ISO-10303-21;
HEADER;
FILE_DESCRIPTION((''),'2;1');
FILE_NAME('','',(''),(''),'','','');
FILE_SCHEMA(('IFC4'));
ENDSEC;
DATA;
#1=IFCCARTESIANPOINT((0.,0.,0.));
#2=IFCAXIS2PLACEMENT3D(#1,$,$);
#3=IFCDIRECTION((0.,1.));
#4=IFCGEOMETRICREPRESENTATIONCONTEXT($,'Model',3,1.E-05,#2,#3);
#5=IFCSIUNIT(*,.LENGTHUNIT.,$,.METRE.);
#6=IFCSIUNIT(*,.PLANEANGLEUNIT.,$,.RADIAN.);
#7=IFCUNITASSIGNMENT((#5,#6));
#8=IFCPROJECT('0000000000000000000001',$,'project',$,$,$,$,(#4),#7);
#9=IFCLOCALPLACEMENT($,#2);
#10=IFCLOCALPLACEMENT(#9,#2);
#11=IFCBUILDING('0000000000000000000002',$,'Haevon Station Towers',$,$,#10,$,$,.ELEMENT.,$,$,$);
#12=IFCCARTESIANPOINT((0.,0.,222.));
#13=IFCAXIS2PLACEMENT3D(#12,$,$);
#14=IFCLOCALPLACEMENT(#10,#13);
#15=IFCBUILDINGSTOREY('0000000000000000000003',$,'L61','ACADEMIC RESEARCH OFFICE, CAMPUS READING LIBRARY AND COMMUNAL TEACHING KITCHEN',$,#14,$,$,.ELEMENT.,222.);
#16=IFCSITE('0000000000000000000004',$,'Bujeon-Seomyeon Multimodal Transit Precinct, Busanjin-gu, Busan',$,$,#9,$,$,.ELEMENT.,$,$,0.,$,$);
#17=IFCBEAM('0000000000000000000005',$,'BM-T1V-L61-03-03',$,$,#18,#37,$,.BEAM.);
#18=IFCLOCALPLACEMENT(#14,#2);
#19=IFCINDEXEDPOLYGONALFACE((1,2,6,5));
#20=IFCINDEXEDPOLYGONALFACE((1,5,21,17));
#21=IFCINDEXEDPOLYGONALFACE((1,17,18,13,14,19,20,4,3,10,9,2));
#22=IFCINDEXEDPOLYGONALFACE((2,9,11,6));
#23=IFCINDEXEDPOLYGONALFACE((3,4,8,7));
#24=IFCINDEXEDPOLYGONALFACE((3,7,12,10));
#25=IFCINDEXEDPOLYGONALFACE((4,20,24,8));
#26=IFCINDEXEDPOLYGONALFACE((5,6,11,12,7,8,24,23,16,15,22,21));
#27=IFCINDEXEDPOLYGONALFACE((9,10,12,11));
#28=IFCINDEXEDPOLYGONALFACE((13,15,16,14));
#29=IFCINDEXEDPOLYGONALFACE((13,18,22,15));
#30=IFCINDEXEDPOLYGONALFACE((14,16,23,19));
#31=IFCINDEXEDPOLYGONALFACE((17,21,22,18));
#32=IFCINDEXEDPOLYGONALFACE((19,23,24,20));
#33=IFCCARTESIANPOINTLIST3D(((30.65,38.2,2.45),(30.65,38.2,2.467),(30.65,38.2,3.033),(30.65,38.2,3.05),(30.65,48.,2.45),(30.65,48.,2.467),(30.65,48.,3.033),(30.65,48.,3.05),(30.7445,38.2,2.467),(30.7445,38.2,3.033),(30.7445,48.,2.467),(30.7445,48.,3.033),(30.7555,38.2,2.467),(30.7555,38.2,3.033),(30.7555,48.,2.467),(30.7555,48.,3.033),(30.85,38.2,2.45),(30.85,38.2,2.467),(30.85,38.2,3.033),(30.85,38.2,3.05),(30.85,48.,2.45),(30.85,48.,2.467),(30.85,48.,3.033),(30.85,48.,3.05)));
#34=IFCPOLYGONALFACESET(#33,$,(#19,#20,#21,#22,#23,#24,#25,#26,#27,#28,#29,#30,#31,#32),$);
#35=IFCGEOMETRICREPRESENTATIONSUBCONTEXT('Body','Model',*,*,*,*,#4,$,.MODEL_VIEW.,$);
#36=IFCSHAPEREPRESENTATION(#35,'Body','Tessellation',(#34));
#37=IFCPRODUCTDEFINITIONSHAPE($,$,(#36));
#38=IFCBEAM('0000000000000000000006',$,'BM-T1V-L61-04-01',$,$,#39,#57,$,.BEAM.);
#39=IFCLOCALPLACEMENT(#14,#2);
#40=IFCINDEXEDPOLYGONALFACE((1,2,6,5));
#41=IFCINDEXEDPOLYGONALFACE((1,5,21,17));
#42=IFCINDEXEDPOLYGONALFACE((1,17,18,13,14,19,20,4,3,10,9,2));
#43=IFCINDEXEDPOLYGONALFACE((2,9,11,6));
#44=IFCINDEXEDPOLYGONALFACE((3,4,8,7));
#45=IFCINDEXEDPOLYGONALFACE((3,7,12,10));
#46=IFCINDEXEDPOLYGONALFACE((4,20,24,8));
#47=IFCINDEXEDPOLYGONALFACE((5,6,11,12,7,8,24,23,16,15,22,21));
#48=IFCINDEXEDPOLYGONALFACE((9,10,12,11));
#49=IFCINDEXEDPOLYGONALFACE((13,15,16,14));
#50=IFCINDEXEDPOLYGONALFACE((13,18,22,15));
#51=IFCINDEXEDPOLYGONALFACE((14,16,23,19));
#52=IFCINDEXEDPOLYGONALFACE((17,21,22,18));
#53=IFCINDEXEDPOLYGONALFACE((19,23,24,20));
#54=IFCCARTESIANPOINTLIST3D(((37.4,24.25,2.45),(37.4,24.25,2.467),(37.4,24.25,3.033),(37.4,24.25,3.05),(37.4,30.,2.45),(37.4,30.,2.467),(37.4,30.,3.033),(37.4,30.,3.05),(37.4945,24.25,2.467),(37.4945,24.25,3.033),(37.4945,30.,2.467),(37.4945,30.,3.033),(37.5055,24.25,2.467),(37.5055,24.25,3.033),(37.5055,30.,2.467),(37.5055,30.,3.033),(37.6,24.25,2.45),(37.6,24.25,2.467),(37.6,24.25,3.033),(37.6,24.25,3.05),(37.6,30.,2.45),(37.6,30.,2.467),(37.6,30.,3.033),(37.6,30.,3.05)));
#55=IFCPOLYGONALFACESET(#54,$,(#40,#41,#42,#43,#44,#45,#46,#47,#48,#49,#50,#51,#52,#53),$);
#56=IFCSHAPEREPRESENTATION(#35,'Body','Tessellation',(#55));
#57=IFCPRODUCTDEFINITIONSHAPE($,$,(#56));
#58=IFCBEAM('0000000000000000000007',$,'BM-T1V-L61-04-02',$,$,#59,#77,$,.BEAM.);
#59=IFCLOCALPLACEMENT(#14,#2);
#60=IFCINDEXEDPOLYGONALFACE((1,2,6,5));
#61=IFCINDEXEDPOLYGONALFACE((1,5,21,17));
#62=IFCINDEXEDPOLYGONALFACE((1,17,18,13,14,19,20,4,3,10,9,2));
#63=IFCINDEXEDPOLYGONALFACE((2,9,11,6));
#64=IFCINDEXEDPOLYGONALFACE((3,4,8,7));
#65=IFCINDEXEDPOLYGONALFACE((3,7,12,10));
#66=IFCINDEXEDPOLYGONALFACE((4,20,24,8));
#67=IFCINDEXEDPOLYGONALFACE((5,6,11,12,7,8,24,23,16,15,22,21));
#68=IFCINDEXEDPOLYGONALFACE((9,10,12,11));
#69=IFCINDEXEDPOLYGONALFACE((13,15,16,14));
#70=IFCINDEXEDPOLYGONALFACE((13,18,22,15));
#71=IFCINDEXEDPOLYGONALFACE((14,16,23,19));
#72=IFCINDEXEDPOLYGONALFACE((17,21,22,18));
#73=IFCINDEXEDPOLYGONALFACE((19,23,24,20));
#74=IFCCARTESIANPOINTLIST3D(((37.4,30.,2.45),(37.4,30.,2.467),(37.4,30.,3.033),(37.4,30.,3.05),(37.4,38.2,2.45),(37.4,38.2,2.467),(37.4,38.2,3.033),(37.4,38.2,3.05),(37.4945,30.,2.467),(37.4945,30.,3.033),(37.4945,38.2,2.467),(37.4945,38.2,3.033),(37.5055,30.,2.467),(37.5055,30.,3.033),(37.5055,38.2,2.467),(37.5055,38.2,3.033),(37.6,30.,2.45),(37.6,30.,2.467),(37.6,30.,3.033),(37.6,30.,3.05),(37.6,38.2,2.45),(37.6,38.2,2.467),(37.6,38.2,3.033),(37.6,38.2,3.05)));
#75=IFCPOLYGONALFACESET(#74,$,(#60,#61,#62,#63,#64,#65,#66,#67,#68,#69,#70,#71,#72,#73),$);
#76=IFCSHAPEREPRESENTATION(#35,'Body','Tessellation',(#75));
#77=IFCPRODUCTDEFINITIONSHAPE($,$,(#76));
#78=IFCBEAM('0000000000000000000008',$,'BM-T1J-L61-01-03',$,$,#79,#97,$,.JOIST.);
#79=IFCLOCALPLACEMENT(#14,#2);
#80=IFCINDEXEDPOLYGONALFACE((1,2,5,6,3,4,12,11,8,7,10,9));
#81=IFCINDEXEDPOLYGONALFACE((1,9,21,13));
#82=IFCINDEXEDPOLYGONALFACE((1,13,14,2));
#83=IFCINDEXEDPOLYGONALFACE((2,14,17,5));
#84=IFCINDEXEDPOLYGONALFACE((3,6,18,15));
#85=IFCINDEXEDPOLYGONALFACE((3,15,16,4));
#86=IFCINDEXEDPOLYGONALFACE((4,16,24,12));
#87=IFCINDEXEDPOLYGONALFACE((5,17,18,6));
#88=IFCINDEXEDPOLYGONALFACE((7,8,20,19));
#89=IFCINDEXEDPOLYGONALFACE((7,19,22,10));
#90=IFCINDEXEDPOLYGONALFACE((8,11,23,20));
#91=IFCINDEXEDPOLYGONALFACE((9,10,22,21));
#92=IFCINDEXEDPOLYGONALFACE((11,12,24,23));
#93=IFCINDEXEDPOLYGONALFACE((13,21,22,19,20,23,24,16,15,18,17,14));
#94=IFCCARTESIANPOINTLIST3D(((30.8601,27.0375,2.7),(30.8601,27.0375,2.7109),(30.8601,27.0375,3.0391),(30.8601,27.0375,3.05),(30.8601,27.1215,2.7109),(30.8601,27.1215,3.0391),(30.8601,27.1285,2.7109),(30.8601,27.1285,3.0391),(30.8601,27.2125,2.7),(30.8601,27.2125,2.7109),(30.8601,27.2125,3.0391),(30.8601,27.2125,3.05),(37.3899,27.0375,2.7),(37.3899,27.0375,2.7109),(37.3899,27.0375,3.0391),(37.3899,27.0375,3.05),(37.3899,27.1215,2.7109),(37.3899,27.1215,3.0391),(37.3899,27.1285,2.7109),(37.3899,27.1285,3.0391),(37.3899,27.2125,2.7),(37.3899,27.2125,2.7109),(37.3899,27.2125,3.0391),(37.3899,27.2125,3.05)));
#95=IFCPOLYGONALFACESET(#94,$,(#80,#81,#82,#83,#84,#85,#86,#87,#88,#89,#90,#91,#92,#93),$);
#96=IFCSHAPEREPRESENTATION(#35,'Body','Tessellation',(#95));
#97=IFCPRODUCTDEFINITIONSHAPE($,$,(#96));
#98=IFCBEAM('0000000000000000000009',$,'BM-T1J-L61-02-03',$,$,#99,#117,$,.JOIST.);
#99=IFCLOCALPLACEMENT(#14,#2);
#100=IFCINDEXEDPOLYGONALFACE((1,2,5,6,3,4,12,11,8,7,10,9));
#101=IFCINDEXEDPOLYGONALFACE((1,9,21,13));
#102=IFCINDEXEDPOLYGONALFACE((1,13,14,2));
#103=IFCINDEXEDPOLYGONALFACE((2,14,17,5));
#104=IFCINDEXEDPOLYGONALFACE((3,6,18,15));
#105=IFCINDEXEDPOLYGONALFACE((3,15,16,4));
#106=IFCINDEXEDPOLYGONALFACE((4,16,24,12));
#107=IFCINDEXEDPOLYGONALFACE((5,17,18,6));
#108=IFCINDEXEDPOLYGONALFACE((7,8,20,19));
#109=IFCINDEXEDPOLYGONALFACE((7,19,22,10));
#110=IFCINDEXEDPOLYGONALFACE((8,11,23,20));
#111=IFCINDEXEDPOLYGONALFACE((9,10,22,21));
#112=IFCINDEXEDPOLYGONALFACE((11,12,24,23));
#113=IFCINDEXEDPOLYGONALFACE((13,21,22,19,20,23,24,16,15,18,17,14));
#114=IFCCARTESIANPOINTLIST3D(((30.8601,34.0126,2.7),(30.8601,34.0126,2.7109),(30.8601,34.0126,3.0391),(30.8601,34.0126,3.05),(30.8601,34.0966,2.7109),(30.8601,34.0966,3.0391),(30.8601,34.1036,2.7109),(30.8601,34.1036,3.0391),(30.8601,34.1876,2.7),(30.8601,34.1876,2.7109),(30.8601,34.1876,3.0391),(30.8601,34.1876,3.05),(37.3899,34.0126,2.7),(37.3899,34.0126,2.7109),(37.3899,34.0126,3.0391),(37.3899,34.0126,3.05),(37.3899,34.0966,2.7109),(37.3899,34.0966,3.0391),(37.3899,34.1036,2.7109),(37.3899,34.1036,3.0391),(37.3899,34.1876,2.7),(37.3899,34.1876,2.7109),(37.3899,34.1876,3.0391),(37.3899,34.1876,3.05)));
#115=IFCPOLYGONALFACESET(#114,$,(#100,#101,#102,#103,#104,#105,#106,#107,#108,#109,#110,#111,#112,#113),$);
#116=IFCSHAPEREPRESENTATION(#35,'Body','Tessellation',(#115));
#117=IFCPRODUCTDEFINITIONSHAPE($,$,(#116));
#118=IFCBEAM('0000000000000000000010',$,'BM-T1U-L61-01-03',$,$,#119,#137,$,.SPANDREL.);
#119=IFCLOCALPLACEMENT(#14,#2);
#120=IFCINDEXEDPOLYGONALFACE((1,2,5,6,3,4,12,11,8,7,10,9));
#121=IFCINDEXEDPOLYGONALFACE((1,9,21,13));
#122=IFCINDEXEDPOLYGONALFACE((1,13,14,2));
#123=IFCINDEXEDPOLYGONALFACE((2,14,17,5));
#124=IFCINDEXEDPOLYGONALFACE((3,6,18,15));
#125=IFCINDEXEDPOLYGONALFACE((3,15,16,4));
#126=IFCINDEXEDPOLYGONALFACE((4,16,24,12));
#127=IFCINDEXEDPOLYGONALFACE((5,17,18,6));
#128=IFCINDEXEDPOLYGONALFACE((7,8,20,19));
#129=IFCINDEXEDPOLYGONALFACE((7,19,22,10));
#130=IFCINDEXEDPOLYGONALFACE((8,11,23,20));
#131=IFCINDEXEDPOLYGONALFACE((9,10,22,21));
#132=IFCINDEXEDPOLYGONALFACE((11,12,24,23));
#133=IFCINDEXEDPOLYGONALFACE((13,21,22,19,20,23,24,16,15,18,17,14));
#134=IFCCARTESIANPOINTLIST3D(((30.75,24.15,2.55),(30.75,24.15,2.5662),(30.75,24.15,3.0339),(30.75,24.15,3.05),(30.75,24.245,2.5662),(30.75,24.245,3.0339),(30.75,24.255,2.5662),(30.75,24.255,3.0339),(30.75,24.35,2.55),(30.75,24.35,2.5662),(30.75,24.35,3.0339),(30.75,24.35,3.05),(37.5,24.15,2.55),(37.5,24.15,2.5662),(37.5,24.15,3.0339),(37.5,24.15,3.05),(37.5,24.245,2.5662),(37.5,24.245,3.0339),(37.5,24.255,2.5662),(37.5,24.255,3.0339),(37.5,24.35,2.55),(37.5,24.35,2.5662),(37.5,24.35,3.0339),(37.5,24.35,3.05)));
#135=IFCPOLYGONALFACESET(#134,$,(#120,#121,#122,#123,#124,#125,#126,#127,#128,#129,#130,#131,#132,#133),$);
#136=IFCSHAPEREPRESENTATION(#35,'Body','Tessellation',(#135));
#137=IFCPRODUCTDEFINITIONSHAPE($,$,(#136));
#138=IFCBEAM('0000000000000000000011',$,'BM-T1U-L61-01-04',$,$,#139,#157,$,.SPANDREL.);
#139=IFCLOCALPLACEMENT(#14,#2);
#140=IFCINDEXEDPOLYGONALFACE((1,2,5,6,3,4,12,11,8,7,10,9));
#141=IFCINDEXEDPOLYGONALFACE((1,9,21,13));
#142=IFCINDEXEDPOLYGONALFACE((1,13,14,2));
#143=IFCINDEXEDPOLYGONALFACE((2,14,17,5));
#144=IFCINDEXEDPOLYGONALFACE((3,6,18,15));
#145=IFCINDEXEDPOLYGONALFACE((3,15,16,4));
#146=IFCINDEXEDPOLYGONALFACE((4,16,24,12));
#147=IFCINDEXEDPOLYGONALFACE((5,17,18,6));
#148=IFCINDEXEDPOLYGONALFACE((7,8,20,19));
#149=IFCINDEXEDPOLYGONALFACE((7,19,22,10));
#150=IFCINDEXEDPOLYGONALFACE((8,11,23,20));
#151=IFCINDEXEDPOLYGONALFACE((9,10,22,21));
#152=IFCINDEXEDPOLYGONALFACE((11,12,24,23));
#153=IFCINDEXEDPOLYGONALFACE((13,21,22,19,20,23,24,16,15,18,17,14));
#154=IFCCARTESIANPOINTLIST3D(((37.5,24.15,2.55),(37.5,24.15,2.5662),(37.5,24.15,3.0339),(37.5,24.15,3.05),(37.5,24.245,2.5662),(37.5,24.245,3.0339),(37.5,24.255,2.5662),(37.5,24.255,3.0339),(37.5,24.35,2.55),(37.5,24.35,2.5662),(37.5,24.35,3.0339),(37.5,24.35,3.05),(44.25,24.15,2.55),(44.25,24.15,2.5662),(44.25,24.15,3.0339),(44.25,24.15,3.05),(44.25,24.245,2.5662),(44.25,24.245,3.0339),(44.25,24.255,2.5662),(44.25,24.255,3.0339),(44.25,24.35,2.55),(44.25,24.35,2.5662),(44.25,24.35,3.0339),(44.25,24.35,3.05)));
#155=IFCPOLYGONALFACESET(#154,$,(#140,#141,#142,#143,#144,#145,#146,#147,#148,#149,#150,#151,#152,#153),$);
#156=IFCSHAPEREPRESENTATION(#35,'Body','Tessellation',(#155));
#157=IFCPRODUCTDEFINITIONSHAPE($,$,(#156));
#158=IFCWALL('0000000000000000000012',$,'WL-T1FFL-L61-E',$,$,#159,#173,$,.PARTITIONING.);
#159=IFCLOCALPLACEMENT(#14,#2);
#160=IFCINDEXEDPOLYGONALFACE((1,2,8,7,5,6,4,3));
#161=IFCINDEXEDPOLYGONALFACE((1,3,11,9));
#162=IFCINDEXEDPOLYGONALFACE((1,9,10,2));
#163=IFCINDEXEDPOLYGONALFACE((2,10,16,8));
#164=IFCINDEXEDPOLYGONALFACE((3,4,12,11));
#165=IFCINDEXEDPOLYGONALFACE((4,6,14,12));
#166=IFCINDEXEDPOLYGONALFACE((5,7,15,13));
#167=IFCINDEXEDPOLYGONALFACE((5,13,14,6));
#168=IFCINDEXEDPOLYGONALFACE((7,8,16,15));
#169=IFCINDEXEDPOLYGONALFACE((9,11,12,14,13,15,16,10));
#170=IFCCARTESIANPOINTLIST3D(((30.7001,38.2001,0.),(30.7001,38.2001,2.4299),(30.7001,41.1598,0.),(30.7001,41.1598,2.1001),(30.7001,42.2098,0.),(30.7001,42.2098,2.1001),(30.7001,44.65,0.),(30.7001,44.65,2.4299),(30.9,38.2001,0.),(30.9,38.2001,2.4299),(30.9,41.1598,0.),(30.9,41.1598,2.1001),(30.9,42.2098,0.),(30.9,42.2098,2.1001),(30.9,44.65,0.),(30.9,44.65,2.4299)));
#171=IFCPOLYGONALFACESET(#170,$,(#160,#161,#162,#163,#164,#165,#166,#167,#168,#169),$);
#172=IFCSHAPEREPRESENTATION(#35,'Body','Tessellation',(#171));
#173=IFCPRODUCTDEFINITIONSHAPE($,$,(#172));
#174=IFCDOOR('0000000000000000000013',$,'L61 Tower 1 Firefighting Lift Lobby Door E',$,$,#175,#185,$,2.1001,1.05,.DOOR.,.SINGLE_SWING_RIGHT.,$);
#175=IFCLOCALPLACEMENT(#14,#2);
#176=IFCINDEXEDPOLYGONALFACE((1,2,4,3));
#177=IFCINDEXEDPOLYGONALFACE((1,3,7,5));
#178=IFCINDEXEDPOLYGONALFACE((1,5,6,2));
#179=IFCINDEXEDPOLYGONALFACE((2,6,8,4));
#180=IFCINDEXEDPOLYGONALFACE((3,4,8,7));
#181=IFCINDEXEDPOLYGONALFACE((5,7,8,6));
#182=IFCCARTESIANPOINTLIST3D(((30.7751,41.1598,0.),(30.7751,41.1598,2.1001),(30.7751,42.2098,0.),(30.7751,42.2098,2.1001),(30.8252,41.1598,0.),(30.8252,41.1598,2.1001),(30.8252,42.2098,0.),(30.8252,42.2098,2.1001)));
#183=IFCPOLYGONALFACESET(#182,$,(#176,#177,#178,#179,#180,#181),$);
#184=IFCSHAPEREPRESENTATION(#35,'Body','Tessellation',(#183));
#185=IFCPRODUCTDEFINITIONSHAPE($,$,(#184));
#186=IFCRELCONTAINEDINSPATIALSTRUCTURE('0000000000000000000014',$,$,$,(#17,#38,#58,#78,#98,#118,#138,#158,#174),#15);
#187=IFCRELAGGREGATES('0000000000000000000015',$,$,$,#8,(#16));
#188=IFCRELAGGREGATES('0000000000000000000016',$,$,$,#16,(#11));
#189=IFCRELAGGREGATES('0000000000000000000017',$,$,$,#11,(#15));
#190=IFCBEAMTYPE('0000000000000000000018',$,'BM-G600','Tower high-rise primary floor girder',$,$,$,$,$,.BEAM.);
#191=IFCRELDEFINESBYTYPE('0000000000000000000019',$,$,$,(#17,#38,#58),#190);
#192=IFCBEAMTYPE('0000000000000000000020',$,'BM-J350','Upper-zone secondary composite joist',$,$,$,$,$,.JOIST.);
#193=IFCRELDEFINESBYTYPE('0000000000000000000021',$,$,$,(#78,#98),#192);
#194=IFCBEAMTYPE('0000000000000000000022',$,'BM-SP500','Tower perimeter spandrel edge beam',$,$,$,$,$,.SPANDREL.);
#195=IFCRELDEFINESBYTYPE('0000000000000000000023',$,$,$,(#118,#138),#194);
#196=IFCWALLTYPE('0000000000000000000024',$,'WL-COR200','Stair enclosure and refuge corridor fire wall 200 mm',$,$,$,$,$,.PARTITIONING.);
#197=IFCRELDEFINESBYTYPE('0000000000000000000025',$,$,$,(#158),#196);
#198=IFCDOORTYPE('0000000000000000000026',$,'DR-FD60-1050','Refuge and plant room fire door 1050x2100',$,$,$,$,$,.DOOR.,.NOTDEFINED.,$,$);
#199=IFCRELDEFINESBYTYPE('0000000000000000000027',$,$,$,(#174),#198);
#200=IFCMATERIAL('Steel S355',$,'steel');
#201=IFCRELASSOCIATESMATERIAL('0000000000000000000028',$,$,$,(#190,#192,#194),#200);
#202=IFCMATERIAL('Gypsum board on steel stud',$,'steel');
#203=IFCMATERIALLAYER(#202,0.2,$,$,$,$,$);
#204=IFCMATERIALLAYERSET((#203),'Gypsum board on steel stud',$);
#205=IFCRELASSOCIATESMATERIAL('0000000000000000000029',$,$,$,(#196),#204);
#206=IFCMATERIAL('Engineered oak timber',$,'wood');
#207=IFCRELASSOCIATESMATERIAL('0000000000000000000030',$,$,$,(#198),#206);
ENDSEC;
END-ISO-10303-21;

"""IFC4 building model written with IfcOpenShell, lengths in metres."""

from ifc_helpers import new_model, si_unit, direction, frame, frame_2d, origin, origin_2d, place, context, subcontext, project, spatial, rectangle, i_section, extrude, material, layer, layer_set, material_profile, profile_set, type_object, element, fill, save


model = new_model("IFC4")

# Units and contexts
model_context = context("Model", 3, precision=1e-05, world=origin(), true_north=direction((0.0, 1.0)))
body_context = subcontext(model_context, "Body", "Model", "MODEL_VIEW")
ifc_project = project(units=[si_unit("LENGTHUNIT", "METRE"), si_unit("PLANEANGLEUNIT", "RADIAN")], contexts=[model_context])

# Site, building, storey
site_placement = place(None, origin())
site = spatial("IfcSite", under=ifc_project, at=site_placement, Name="Bujeon-Seomyeon Multimodal Transit Precinct, Busanjin-gu, Busan", CompositionType="ELEMENT", RefElevation=0.0)
building_placement = place(site_placement, origin())
building = spatial("IfcBuilding", under=site, at=building_placement, Name="Haevon Station Towers", CompositionType="ELEMENT")
storey_placement = place(building_placement, frame((0.0, 0.0, 222.0)))
storey = spatial("IfcBuildingStorey", under=building, at=storey_placement, Name="L61", Description="ACADEMIC RESEARCH OFFICE, CAMPUS READING LIBRARY AND COMMUNAL TEACHING KITCHEN", CompositionType="ELEMENT", Elevation=222.0)

# Shared definitions
ifc_material_1 = material(Name="Steel S355", Category="steel")

# Beams
ifc_material_profile_1 = material_profile(ifc_material_1, i_section(OverallWidth=0.2, OverallDepth=0.6001, WebThickness=0.011, FlangeThickness=0.0171, at=origin_2d()), Name="H-600x200x11x17")
ifc_profile_set_1 = profile_set([ifc_material_profile_1], Name="Steel S355")
beam_type_1 = type_object("IfcBeamType", Name="BM-G600", Description="Tower high-rise primary floor girder", PredefinedType="BEAM", material=ifc_profile_set_1)
beam_1_placement = place(storey_placement, frame((30.75, 38.2, 2.75), z_axis=(0.0, 1.0, 0.0), x_axis=(-1.0, 0.0, 0.0)))
element("IfcBeam", 1, at=beam_1_placement, inside=storey, type_object=beam_type_1, Name="BM-T1V-L61-03-03", PredefinedType="BEAM", context=body_context, shape_type="SweptSolid", body=[
    extrude(i_section(OverallWidth=0.2, OverallDepth=0.6001, WebThickness=0.011, FlangeThickness=0.0171, at=origin_2d()), origin(), (0.0, 0.0, 1.0), 9.8),
])
beam_2_placement = place(storey_placement, frame((37.5, 24.25, 2.75), z_axis=(0.0, 1.0, 0.0), x_axis=(-1.0, 0.0, 0.0)))
element("IfcBeam", 2, at=beam_2_placement, inside=storey, type_object=beam_type_1, Name="BM-T1V-L61-04-01", PredefinedType="BEAM", context=body_context, shape_type="SweptSolid", body=[
    extrude(i_section(OverallWidth=0.2, OverallDepth=0.6001, WebThickness=0.011, FlangeThickness=0.0171, at=origin_2d()), origin(), (0.0, 0.0, 1.0), 5.75),
])
beam_3_placement = place(storey_placement, frame((37.5, 30.0, 2.75), z_axis=(0.0, 1.0, 0.0), x_axis=(-1.0, 0.0, 0.0)))
element("IfcBeam", 3, at=beam_3_placement, inside=storey, type_object=beam_type_1, Name="BM-T1V-L61-04-02", PredefinedType="BEAM", context=body_context, shape_type="SweptSolid", body=[
    extrude(i_section(OverallWidth=0.2, OverallDepth=0.6001, WebThickness=0.011, FlangeThickness=0.0171, at=origin_2d()), origin(), (0.0, 0.0, 1.0), 8.2),
])
ifc_material_profile_2 = material_profile(ifc_material_1, i_section(OverallWidth=0.175, OverallDepth=0.3501, WebThickness=0.0071, FlangeThickness=0.011, at=origin_2d()), Name="H-350x175x7x11")
ifc_profile_set_2 = profile_set([ifc_material_profile_2], Name="Steel S355")
beam_type_2 = type_object("IfcBeamType", Name="BM-J350", Description="Upper-zone secondary composite joist", PredefinedType="JOIST", material=ifc_profile_set_2)
for number, where, z_axis, x_axis, name in (
    (4, (30.8601, 27.125, 2.875), (1.0, 0.0, 0.0), (0.0, 1.0, 0.0), "BM-T1J-L61-01-03"),
    (5, (30.8601, 34.1001, 2.875), (1.0, 0.0, 0.0), (0.0, 1.0, 0.0), "BM-T1J-L61-02-03"),
):
    element("IfcBeam", number, at=place(storey_placement, frame(where, z_axis=z_axis, x_axis=x_axis)), inside=storey, type_object=beam_type_2, Name=name, PredefinedType="JOIST", context=body_context, shape_type="SweptSolid", body=[
        extrude(i_section(OverallWidth=0.175, OverallDepth=0.3501, WebThickness=0.0071, FlangeThickness=0.011, at=origin_2d()), origin(), (0.0, 0.0, 1.0), 6.5298),
    ])
ifc_material_profile_3 = material_profile(ifc_material_1, i_section(OverallWidth=0.2, OverallDepth=0.5, WebThickness=0.01, FlangeThickness=0.0161, at=origin_2d()), Name="H-500x200x10x16")
ifc_profile_set_3 = profile_set([ifc_material_profile_3], Name="Steel S355")
beam_type_3 = type_object("IfcBeamType", Name="BM-SP500", Description="Tower perimeter spandrel edge beam", PredefinedType="SPANDREL", material=ifc_profile_set_3)
for number, where, z_axis, x_axis, name in (
    (6, (30.75, 24.25, 2.8), (1.0, 0.0, 0.0), (0.0, 1.0, 0.0), "BM-T1U-L61-01-03"),
    (7, (37.5, 24.25, 2.8), (1.0, 0.0, 0.0), (0.0, 1.0, 0.0), "BM-T1U-L61-01-04"),
):
    element("IfcBeam", number, at=place(storey_placement, frame(where, z_axis=z_axis, x_axis=x_axis)), inside=storey, type_object=beam_type_3, Name=name, PredefinedType="SPANDREL", context=body_context, shape_type="SweptSolid", body=[
        extrude(i_section(OverallWidth=0.2, OverallDepth=0.5, WebThickness=0.01, FlangeThickness=0.0161, at=origin_2d()), origin(), (0.0, 0.0, 1.0), 6.75),
    ])

# Wall, opening, door
ifc_material_2 = material(Name="Gypsum board on steel stud", Category="steel")
ifc_layer_1 = layer(ifc_material_2, 0.2)
ifc_layer_set_1 = layer_set([ifc_layer_1], Name="Gypsum board on steel stud")
wall_type_1 = type_object("IfcWallType", Name="WL-COR200", Description="Stair enclosure and refuge corridor fire wall 200 mm", PredefinedType="PARTITIONING", material=ifc_layer_set_1)
wall_1_placement = place(storey_placement, frame((30.8, 38.2, 0.0), z_axis=(0.0, 0.0, 1.0), x_axis=(0.0, 1.0, 0.0)))
wall_1 = element("IfcWall", 8, at=wall_1_placement, inside=storey, type_object=wall_type_1, Name="WL-T1FFL-L61-E", PredefinedType="PARTITIONING", context=body_context, shape_type="SweptSolid", body=[
    extrude(rectangle(XDim=6.45, YDim=0.2, at=frame_2d((3.2251, 0.0))), origin(), (0.0, 0.0, 1.0), 2.4299),
])
opening_1_placement = place(wall_1_placement, frame((2.96, 0.0, 0.0)))
opening_1 = element("IfcOpeningElement", 9, at=opening_1_placement, cuts=wall_1, PredefinedType="OPENING", context=body_context, shape_type="SweptSolid", body=[
    extrude(rectangle(XDim=1.05, YDim=2.1001, at=frame_2d((0.5249, 1.05))), frame((0.0, 0.1099, 0.0), z_axis=(0.0, -1.0, 0.0), x_axis=(1.0, 0.0, 0.0)), (0.0, 0.0, 1.0), 0.22),
])
ifc_material_3 = material(Name="Engineered oak timber", Category="wood")
door_type_1 = type_object("IfcDoorType", Name="DR-FD60-1050", Description="Refuge and plant room fire door 1050x2100", OperationType="NOTDEFINED", PredefinedType="DOOR", material=ifc_material_3)
door_1_placement = place(opening_1_placement, origin())
door_1 = element("IfcDoor", 10, at=door_1_placement, inside=storey, type_object=door_type_1, Name="L61 Tower 1 Firefighting Lift Lobby Door E", OperationType="SINGLE_SWING_RIGHT", OverallHeight=2.1001, OverallWidth=1.05, PredefinedType="DOOR", context=body_context, shape_type="SweptSolid", body=[
    extrude(rectangle(XDim=1.05, YDim=2.1001, at=frame_2d((0.5249, 1.05))), frame((0.0, 0.0249, 0.0), z_axis=(0.0, -1.0, 0.0), x_axis=(1.0, 0.0, 0.0)), (0.0, 0.0, 1.0), 0.05),
])
fill(opening_1, door_1)

save(model, "model.ifc")
